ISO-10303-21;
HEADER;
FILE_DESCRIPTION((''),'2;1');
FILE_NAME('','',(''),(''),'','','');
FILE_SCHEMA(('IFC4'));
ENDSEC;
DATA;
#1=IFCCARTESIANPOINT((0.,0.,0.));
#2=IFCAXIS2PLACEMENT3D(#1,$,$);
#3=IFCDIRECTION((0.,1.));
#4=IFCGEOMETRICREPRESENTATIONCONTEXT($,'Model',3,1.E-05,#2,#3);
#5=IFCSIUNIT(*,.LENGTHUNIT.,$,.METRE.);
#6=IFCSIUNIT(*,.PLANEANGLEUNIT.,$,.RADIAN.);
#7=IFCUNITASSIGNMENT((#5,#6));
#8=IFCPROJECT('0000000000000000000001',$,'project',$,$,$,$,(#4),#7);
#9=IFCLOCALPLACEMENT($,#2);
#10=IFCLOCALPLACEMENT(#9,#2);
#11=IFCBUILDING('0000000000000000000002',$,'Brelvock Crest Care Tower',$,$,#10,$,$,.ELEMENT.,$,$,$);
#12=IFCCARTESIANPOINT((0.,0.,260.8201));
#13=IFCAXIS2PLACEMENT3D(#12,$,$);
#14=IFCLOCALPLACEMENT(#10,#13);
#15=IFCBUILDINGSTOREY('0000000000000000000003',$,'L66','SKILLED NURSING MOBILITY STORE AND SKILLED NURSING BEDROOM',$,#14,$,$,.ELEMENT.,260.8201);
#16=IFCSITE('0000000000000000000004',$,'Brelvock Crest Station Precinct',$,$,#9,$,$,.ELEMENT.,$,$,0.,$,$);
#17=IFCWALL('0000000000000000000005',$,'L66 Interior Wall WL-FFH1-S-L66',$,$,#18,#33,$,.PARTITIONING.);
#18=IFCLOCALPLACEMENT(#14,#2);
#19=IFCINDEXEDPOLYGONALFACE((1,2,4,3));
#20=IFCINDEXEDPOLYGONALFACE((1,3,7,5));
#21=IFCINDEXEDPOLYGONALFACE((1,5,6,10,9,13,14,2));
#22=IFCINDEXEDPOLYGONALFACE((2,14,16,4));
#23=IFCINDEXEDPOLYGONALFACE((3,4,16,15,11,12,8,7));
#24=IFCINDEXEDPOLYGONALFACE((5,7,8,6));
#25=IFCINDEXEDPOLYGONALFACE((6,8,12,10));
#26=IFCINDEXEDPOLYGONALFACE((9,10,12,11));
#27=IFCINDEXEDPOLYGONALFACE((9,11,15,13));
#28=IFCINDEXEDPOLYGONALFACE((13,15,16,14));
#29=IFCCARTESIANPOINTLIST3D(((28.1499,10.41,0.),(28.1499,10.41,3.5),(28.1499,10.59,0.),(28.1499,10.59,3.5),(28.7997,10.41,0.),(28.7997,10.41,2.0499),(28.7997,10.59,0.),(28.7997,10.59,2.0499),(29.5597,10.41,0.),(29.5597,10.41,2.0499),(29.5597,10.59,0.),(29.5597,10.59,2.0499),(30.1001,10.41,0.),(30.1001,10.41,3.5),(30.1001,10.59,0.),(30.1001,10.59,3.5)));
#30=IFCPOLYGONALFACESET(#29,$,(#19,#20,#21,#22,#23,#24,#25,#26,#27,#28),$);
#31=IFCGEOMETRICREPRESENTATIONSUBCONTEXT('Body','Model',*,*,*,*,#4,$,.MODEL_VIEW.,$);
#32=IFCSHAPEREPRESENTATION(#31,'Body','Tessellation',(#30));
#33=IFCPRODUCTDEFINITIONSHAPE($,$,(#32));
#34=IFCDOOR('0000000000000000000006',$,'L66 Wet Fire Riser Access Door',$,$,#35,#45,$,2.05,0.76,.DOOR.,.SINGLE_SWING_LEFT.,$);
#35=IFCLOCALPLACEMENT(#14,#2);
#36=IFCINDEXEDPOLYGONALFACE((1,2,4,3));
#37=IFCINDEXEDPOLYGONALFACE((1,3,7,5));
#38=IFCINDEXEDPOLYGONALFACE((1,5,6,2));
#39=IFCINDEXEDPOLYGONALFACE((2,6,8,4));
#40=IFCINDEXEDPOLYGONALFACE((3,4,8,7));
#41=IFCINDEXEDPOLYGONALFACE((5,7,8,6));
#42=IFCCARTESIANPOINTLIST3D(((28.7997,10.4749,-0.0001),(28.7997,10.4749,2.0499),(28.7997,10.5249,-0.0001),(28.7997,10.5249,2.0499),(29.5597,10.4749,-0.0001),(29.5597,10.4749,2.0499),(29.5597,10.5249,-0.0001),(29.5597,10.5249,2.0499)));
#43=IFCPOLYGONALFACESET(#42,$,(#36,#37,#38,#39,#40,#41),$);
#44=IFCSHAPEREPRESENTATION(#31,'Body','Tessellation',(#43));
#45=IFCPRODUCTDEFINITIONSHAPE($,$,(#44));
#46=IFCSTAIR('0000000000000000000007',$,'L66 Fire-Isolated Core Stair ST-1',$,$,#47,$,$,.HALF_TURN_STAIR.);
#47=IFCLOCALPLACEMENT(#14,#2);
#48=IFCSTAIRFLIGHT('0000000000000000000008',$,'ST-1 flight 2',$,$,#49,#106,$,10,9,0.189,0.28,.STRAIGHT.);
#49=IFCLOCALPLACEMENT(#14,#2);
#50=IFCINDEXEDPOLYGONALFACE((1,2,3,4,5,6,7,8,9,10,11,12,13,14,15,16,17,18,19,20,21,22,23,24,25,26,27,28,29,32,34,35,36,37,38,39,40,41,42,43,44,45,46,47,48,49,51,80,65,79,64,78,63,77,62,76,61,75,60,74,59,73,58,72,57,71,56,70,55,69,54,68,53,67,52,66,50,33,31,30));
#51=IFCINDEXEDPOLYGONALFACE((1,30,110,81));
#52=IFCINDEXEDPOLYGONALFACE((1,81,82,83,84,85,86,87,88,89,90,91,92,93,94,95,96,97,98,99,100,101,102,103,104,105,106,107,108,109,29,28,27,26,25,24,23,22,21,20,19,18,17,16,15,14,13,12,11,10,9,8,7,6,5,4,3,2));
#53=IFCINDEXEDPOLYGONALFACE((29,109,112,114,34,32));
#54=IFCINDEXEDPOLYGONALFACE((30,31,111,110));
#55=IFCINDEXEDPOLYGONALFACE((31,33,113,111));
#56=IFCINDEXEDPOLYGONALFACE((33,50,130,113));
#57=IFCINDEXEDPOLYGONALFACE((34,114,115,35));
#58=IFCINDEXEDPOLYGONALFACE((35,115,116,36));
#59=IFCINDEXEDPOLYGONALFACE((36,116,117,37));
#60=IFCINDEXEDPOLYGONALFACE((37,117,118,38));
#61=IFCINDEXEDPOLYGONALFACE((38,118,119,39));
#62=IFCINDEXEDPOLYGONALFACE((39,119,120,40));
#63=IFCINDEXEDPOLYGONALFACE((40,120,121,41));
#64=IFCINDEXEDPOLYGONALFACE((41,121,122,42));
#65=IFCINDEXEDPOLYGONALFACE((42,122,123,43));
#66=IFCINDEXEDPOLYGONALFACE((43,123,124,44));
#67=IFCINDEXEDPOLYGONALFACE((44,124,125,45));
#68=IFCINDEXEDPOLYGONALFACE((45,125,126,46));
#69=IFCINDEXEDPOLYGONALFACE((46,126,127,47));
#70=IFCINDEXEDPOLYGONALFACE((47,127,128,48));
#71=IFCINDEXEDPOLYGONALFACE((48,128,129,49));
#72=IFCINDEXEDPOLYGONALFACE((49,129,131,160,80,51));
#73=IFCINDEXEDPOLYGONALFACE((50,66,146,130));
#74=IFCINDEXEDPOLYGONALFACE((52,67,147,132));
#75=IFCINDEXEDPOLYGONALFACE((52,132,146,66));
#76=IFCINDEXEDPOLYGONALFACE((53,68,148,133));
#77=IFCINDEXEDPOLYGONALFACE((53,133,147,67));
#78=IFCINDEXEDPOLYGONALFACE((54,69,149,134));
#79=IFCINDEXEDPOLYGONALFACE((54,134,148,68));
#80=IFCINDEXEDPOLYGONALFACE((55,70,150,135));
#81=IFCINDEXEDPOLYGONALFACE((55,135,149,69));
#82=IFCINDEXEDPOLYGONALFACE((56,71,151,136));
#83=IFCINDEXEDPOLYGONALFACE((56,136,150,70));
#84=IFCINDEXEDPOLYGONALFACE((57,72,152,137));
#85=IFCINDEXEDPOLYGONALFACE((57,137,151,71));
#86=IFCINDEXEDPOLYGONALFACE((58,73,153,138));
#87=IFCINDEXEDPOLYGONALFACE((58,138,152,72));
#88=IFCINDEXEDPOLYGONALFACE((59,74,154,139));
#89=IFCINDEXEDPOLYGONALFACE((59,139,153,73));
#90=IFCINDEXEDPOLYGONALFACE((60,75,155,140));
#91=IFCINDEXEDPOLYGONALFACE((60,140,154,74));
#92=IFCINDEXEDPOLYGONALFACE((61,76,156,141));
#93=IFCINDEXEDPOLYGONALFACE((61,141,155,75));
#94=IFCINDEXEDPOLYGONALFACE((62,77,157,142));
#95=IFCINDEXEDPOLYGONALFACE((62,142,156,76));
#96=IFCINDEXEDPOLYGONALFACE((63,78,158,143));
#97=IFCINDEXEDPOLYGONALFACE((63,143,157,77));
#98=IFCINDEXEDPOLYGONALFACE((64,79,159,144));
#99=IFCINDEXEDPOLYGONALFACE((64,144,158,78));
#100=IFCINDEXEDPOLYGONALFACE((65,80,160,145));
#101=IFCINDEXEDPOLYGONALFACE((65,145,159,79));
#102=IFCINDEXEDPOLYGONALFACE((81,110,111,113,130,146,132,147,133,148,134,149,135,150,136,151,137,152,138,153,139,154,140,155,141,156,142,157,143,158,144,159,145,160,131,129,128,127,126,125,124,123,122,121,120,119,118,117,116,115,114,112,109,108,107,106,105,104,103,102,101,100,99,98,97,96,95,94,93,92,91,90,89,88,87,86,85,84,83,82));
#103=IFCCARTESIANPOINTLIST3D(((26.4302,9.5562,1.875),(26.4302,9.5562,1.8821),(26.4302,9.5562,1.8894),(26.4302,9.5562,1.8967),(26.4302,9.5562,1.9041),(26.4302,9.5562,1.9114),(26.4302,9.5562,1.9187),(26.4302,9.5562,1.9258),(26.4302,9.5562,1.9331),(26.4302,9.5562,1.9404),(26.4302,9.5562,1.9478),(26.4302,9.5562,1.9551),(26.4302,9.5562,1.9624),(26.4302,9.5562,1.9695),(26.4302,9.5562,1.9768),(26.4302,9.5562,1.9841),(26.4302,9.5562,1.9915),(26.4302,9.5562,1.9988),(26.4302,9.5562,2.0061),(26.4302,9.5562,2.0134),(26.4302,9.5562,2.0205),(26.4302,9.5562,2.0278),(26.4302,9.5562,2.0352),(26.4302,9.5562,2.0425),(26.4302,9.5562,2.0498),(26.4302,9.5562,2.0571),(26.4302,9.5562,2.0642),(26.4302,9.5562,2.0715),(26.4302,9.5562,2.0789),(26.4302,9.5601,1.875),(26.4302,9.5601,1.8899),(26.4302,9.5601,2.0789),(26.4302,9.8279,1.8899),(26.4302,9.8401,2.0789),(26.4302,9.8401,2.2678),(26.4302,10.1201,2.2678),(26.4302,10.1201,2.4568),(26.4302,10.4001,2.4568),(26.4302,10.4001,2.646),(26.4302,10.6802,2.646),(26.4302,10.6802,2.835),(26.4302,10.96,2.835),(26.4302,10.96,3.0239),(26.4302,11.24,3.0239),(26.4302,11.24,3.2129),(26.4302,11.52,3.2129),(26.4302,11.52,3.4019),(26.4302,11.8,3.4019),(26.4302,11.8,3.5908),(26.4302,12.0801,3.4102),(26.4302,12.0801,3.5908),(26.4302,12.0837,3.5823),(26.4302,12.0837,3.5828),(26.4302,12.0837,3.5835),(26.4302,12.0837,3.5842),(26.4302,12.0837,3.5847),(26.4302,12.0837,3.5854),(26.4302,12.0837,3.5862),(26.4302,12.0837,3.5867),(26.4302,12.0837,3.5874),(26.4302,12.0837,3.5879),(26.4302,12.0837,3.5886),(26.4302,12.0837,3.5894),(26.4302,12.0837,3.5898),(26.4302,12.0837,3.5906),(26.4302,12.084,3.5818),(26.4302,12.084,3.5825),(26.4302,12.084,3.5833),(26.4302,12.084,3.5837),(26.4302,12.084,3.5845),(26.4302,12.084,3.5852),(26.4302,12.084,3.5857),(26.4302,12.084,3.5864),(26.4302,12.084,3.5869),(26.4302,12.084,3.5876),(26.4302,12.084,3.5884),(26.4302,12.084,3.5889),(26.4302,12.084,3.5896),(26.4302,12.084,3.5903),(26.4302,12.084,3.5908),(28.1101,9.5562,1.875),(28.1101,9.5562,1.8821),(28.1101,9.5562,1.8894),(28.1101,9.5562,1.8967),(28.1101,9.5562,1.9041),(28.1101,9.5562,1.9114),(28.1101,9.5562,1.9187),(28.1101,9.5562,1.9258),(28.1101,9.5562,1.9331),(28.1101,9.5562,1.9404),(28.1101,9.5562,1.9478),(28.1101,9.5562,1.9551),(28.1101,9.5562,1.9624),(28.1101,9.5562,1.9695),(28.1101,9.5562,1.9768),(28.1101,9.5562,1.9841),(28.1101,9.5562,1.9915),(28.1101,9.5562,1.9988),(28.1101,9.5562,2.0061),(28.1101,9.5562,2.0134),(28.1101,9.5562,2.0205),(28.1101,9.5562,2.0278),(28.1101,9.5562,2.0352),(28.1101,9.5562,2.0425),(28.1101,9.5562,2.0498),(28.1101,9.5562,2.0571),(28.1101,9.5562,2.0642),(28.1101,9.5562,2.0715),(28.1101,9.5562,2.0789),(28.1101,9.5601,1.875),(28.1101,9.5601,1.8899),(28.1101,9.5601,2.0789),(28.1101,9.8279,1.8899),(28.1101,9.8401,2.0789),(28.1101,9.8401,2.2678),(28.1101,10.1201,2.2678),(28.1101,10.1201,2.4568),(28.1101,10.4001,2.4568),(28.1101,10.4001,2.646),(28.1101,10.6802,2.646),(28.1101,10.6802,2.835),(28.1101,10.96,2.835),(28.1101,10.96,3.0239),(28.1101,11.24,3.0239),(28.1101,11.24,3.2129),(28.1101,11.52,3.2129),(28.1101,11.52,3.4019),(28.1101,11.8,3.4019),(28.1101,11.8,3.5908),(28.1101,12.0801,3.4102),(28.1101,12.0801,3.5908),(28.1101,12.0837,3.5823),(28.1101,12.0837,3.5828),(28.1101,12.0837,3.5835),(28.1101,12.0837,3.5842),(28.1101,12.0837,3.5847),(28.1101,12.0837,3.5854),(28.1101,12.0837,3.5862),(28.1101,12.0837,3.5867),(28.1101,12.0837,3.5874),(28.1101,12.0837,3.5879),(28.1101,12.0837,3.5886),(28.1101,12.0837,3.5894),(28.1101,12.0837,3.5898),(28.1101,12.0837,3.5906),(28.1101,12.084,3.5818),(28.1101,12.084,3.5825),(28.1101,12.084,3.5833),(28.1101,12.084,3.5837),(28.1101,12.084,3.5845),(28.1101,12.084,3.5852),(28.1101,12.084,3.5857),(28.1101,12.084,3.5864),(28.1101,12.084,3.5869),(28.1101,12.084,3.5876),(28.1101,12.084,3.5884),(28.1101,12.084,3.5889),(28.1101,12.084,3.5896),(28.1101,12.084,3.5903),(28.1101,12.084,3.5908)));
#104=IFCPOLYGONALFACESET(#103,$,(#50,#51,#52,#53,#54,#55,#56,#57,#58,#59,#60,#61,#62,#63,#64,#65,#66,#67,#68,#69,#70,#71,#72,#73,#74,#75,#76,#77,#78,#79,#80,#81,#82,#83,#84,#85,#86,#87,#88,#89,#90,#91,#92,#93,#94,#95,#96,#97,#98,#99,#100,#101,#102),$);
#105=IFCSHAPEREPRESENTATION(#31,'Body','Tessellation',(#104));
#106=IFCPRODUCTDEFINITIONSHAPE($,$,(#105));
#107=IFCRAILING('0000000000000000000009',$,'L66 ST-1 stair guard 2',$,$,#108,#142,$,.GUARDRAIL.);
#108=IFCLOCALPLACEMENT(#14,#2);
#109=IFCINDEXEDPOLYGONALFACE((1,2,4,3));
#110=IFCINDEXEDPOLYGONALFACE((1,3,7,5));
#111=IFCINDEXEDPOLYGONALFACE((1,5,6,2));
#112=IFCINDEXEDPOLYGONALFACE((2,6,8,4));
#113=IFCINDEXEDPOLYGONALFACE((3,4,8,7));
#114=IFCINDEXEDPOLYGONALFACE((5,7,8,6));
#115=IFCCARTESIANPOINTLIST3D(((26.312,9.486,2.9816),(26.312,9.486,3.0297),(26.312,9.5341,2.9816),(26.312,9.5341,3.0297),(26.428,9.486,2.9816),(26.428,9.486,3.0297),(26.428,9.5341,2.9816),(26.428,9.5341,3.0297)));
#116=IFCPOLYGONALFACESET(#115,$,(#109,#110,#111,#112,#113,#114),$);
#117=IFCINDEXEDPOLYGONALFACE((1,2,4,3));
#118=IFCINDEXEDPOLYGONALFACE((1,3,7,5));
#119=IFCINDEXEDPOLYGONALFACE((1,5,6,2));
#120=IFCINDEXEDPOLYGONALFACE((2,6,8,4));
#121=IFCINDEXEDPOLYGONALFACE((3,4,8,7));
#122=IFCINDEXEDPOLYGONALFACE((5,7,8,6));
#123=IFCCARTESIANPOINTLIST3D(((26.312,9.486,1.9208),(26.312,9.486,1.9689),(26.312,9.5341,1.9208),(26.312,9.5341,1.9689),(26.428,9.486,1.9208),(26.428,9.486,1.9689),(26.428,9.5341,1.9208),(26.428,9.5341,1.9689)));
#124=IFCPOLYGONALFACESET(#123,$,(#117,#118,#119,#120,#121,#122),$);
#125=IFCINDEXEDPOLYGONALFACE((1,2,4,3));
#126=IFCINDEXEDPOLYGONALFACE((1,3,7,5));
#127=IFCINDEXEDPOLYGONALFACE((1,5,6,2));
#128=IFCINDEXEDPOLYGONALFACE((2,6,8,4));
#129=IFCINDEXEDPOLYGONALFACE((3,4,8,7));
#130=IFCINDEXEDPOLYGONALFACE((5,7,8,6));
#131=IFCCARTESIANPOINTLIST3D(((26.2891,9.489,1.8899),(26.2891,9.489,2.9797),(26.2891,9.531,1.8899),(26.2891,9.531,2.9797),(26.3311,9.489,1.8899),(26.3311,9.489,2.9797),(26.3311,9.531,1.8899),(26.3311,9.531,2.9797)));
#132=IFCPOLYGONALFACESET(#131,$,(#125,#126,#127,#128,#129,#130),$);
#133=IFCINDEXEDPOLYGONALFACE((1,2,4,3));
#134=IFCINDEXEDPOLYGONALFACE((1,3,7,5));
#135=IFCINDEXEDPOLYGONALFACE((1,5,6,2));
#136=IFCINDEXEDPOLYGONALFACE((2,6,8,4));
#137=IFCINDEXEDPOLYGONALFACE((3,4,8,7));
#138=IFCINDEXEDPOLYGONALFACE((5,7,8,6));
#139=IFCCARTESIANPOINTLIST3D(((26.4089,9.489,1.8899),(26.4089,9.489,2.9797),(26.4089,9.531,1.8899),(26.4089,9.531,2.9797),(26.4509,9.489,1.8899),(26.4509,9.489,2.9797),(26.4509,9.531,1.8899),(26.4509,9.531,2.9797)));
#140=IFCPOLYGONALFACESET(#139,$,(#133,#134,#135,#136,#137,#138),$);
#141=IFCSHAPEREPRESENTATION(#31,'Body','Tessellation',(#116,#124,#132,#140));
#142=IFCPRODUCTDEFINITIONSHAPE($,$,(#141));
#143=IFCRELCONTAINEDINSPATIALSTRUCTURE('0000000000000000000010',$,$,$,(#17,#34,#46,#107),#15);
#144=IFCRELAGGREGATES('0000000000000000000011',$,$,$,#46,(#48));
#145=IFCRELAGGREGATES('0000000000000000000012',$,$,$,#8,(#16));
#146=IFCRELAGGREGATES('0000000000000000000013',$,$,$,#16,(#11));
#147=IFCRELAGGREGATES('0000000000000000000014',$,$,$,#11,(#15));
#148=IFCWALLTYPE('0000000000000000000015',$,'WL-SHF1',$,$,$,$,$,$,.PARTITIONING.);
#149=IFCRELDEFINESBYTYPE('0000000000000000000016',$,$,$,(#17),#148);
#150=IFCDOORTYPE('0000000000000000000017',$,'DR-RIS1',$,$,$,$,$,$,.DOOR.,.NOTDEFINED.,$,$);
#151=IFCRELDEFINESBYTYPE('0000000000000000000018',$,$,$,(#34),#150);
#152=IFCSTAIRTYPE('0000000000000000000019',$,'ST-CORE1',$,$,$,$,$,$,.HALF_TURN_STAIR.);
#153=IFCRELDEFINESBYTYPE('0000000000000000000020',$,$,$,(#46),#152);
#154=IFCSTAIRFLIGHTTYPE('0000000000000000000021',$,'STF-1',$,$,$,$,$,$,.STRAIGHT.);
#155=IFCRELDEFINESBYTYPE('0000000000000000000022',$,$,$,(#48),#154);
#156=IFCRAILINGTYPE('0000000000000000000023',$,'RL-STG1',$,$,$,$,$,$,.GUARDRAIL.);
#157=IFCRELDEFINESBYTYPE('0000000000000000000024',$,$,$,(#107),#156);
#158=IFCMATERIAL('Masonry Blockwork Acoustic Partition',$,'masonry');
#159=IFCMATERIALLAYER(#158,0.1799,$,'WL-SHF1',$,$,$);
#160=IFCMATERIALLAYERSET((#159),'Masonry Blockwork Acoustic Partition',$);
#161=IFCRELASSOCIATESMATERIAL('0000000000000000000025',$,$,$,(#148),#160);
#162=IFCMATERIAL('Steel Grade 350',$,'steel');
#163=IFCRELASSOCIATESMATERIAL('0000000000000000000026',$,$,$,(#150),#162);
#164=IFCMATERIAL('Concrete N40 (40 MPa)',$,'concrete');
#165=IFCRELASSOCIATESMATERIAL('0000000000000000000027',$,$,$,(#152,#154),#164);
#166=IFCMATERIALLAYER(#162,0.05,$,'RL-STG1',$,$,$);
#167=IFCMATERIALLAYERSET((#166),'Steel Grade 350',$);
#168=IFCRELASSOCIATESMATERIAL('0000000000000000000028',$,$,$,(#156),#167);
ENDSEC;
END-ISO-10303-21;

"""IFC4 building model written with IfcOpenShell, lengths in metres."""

from ifc_helpers import new_model, si_unit, direction, frame, frame_2d, origin, origin_2d, place, context, subcontext, project, spatial, polyline, rectangle, outline, extrude, source, transform, mapped, material, layer, layer_set, type_object, element, fill, aggregate, save


model = new_model("IFC4")

# Units and contexts
model_context = context("Model", 3, precision=1e-05, world=origin(), true_north=direction((0.0, 1.0)))
body_context = subcontext(model_context, "Body", "Model", "MODEL_VIEW")
ifc_project = project(units=[si_unit("LENGTHUNIT", "METRE"), si_unit("PLANEANGLEUNIT", "RADIAN")], contexts=[model_context])

# Site, building, storey
site_placement = place(None, origin())
site = spatial("IfcSite", under=ifc_project, at=site_placement, Name="Brelvock Crest Station Precinct", CompositionType="ELEMENT", RefElevation=0.0)
building_placement = place(site_placement, origin())
building = spatial("IfcBuilding", under=site, at=building_placement, Name="Brelvock Crest Care Tower", CompositionType="ELEMENT")
storey_placement = place(building_placement, frame((0.0, 0.0, 260.8201)))
storey = spatial("IfcBuildingStorey", under=building, at=storey_placement, Name="L66", Description="SKILLED NURSING MOBILITY STORE AND SKILLED NURSING BEDROOM", CompositionType="ELEMENT", Elevation=260.8201)

# Shared definitions
ifc_material_1 = material(Name="Steel Grade 350", Category="steel")

# Shared definitions
ifc_material_2 = material(Name="Masonry Blockwork Acoustic Partition", Category="masonry")

# Wall, opening, door
ifc_layer_1 = layer(ifc_material_2, 0.1799, Name="WL-SHF1")
ifc_layer_set_1 = layer_set([ifc_layer_1], Name="Masonry Blockwork Acoustic Partition")
wall_type_1 = type_object("IfcWallType", Name="WL-SHF1", PredefinedType="PARTITIONING", material=ifc_layer_set_1)
wall_1_placement = place(storey_placement, frame((28.1499, 10.5, 0.0), z_axis=(0.0, 0.0, 1.0), x_axis=(1.0, 0.0, 0.0)))
wall_1 = element("IfcWall", 1, at=wall_1_placement, inside=storey, type_object=wall_type_1, Name="L66 Interior Wall WL-FFH1-S-L66", PredefinedType="PARTITIONING", context=body_context, shape_type="SweptSolid", body=[
    extrude(rectangle(XDim=1.9502, YDim=0.1799, at=frame_2d((0.9751, 0.0))), origin(), (0.0, 0.0, 1.0), 3.5),
])
opening_1_placement = place(wall_1_placement, frame((0.6499, 0.0, 0.0)))
opening_1 = element("IfcOpeningElement", 2, at=opening_1_placement, cuts=wall_1, PredefinedType="OPENING", context=body_context, shape_type="SweptSolid", body=[
    extrude(rectangle(XDim=0.76, YDim=2.05, at=origin_2d()), frame((0.3799, 0.1001, 1.0249), z_axis=(0.0, -1.0, 0.0), x_axis=(1.0, 0.0, 0.0)), (0.0, 0.0, 1.0), 0.2),
])
door_type_1 = type_object("IfcDoorType", Name="DR-RIS1", OperationType="NOTDEFINED", PredefinedType="DOOR", material=ifc_material_1)
shared_shape_1 = source(origin(), body_context, "Body", "SweptSolid", [
    extrude(rectangle(XDim=0.76, YDim=2.05, at=origin_2d()), frame((0.3799, 0.0249, 1.0249), z_axis=(0.0, -1.0, 0.0), x_axis=(1.0, 0.0, 0.0)), (0.0, 0.0, 1.0), 0.05),
])
door_1_placement = place(opening_1_placement, origin())
door_1 = element("IfcDoor", 3, at=door_1_placement, inside=storey, type_object=door_type_1, Name="L66 Wet Fire Riser Access Door", OperationType="SINGLE_SWING_LEFT", OverallHeight=2.05, OverallWidth=0.76, PredefinedType="DOOR", context=body_context, shape_type="MappedRepresentation", body=[
    mapped(shared_shape_1, transform((0.0, 0.0, 0.0), x_axis=(1.0, 0.0, 0.0), y_axis=(0.0, 1.0, 0.0), z_axis=(0.0, 0.0, 1.0), scale=1.0)),
])
fill(opening_1, door_1)

# Stair, stair flight
ifc_material_3 = material(Name="Concrete N40 (40 MPa)", Category="concrete")
stair_type = type_object("IfcStairType", Name="ST-CORE1", PredefinedType="HALF_TURN_STAIR", material=ifc_material_3)
stair_placement = place(storey_placement, origin())
stair = element("IfcStair", 4, at=stair_placement, inside=storey, type_object=stair_type, Name="L66 Fire-Isolated Core Stair ST-1", PredefinedType="HALF_TURN_STAIR")
stair_flight_type = type_object("IfcStairFlightType", Name="STF-1", PredefinedType="STRAIGHT", material=ifc_material_3)
stair_flight_placement = place(storey_placement, frame((27.27, 9.5601, 1.8899), z_axis=(0.0, 0.0, 1.0), x_axis=(0.0, 1.0, 0.0)))
stair_flight = element("IfcStairFlight", 5, at=stair_flight_placement, type_object=stair_flight_type, Name="ST-1 flight 2", NumberOfRisers=10, NumberOfTreads=9, PredefinedType="STRAIGHT", RiserHeight=0.189, TreadLength=0.28, context=body_context, shape_type="SweptSolid", body=[
    extrude(outline(polyline([(-0.0039, -0.0149), (-0.0039, -0.0078), (-0.0039, -0.0005), (-0.0039, 0.0068), (-0.0039, 0.0142), (-0.0039, 0.0215), (-0.0039, 0.0288), (-0.0039, 0.0359), (-0.0039, 0.0432), (-0.0039, 0.0505), (-0.0039, 0.0579), (-0.0039, 0.0652), (-0.0039, 0.0725), (-0.0039, 0.0796), (-0.0039, 0.0869), (-0.0039, 0.0942), (-0.0039, 0.1016), (-0.0039, 0.1089), (-0.0039, 0.1162), (-0.0039, 0.1235), (-0.0039, 0.1306), (-0.0039, 0.1379), (-0.0039, 0.1453), (-0.0039, 0.1526), (-0.0039, 0.1599), (-0.0039, 0.1672), (-0.0039, 0.1743), (-0.0039, 0.1816), (-0.0039, 0.189), (0.0, 0.189), (0.28, 0.189), (0.28, 0.3779), (0.5601, 0.3779), (0.5601, 0.5669), (0.8401, 0.5669), (0.8401, 0.7561), (1.1201, 0.7561), (1.1201, 0.9451), (1.3999, 0.9451), (1.3999, 1.134), (1.6799, 1.134), (1.6799, 1.323), (1.96, 1.323), (1.96, 1.512), (2.24, 1.512), (2.24, 1.7009), (2.52, 1.7009), (2.5239, 1.7009), (2.5237, 1.7007), (2.5239, 1.7004), (2.5237, 1.7), (2.5239, 1.6997), (2.5237, 1.6995), (2.5239, 1.699), (2.5237, 1.6987), (2.5239, 1.6985), (2.5237, 1.698), (2.5239, 1.6978), (2.5237, 1.6975), (2.5239, 1.697), (2.5237, 1.6968), (2.5239, 1.6965), (2.5237, 1.6963), (2.5239, 1.6958), (2.5237, 1.6956), (2.5239, 1.6953), (2.5237, 1.6948), (2.5239, 1.6946), (2.5237, 1.6943), (2.5239, 1.6938), (2.5237, 1.6936), (2.5239, 1.6934), (2.5237, 1.6929), (2.5239, 1.6926), (2.5237, 1.6924), (2.5239, 1.6919), (2.52, 1.5203), (0.2678, 0.0), (0.0, 0.0), (0.0, -0.0149), (-0.0039, -0.0149)])), frame((0.0, 0.8398, 0.0), z_axis=(0.0, -1.0, 0.0), x_axis=(1.0, 0.0, 0.0)), (0.0, 0.0, 1.0), 1.6799),
])
aggregate(stair, [stair_flight])

# Railing
ifc_layer_2 = layer(ifc_material_1, 0.05, Name="RL-STG1")
ifc_layer_set_2 = layer_set([ifc_layer_2], Name="Steel Grade 350")
railing_type_1 = type_object("IfcRailingType", Name="RL-STG1", PredefinedType="GUARDRAIL", material=ifc_layer_set_2)
railing_1_placement = place(storey_placement, frame((26.3101, 9.51, 1.8899)))
element("IfcRailing", 6, at=railing_1_placement, inside=storey, type_object=railing_type_1, Name="L66 ST-1 stair guard 2", PredefinedType="GUARDRAIL", context=body_context, shape_type="SweptSolid", body=[
    extrude(rectangle(XDim=0.0481, YDim=0.0481, at=origin_2d()), frame((0.002, 0.0, 1.1157), z_axis=(1.0, 0.0, 0.0), x_axis=(0.0, 1.0, 0.0)), (0.0, 0.0, 1.0), 0.116),
    extrude(rectangle(XDim=0.0481, YDim=0.0481, at=origin_2d()), frame((0.002, 0.0, 0.0549), z_axis=(1.0, 0.0, 0.0), x_axis=(0.0, 1.0, 0.0)), (0.0, 0.0, 1.0), 0.116),
    extrude(rectangle(XDim=0.042, YDim=0.042, at=origin_2d()), origin(), (0.0, 0.0, 1.0), 1.0898),
    extrude(rectangle(XDim=0.042, YDim=0.042, at=origin_2d()), frame((0.1199, 0.0, 0.0)), (0.0, 0.0, 1.0), 1.0898),
])

save(model, "model.ifc")
